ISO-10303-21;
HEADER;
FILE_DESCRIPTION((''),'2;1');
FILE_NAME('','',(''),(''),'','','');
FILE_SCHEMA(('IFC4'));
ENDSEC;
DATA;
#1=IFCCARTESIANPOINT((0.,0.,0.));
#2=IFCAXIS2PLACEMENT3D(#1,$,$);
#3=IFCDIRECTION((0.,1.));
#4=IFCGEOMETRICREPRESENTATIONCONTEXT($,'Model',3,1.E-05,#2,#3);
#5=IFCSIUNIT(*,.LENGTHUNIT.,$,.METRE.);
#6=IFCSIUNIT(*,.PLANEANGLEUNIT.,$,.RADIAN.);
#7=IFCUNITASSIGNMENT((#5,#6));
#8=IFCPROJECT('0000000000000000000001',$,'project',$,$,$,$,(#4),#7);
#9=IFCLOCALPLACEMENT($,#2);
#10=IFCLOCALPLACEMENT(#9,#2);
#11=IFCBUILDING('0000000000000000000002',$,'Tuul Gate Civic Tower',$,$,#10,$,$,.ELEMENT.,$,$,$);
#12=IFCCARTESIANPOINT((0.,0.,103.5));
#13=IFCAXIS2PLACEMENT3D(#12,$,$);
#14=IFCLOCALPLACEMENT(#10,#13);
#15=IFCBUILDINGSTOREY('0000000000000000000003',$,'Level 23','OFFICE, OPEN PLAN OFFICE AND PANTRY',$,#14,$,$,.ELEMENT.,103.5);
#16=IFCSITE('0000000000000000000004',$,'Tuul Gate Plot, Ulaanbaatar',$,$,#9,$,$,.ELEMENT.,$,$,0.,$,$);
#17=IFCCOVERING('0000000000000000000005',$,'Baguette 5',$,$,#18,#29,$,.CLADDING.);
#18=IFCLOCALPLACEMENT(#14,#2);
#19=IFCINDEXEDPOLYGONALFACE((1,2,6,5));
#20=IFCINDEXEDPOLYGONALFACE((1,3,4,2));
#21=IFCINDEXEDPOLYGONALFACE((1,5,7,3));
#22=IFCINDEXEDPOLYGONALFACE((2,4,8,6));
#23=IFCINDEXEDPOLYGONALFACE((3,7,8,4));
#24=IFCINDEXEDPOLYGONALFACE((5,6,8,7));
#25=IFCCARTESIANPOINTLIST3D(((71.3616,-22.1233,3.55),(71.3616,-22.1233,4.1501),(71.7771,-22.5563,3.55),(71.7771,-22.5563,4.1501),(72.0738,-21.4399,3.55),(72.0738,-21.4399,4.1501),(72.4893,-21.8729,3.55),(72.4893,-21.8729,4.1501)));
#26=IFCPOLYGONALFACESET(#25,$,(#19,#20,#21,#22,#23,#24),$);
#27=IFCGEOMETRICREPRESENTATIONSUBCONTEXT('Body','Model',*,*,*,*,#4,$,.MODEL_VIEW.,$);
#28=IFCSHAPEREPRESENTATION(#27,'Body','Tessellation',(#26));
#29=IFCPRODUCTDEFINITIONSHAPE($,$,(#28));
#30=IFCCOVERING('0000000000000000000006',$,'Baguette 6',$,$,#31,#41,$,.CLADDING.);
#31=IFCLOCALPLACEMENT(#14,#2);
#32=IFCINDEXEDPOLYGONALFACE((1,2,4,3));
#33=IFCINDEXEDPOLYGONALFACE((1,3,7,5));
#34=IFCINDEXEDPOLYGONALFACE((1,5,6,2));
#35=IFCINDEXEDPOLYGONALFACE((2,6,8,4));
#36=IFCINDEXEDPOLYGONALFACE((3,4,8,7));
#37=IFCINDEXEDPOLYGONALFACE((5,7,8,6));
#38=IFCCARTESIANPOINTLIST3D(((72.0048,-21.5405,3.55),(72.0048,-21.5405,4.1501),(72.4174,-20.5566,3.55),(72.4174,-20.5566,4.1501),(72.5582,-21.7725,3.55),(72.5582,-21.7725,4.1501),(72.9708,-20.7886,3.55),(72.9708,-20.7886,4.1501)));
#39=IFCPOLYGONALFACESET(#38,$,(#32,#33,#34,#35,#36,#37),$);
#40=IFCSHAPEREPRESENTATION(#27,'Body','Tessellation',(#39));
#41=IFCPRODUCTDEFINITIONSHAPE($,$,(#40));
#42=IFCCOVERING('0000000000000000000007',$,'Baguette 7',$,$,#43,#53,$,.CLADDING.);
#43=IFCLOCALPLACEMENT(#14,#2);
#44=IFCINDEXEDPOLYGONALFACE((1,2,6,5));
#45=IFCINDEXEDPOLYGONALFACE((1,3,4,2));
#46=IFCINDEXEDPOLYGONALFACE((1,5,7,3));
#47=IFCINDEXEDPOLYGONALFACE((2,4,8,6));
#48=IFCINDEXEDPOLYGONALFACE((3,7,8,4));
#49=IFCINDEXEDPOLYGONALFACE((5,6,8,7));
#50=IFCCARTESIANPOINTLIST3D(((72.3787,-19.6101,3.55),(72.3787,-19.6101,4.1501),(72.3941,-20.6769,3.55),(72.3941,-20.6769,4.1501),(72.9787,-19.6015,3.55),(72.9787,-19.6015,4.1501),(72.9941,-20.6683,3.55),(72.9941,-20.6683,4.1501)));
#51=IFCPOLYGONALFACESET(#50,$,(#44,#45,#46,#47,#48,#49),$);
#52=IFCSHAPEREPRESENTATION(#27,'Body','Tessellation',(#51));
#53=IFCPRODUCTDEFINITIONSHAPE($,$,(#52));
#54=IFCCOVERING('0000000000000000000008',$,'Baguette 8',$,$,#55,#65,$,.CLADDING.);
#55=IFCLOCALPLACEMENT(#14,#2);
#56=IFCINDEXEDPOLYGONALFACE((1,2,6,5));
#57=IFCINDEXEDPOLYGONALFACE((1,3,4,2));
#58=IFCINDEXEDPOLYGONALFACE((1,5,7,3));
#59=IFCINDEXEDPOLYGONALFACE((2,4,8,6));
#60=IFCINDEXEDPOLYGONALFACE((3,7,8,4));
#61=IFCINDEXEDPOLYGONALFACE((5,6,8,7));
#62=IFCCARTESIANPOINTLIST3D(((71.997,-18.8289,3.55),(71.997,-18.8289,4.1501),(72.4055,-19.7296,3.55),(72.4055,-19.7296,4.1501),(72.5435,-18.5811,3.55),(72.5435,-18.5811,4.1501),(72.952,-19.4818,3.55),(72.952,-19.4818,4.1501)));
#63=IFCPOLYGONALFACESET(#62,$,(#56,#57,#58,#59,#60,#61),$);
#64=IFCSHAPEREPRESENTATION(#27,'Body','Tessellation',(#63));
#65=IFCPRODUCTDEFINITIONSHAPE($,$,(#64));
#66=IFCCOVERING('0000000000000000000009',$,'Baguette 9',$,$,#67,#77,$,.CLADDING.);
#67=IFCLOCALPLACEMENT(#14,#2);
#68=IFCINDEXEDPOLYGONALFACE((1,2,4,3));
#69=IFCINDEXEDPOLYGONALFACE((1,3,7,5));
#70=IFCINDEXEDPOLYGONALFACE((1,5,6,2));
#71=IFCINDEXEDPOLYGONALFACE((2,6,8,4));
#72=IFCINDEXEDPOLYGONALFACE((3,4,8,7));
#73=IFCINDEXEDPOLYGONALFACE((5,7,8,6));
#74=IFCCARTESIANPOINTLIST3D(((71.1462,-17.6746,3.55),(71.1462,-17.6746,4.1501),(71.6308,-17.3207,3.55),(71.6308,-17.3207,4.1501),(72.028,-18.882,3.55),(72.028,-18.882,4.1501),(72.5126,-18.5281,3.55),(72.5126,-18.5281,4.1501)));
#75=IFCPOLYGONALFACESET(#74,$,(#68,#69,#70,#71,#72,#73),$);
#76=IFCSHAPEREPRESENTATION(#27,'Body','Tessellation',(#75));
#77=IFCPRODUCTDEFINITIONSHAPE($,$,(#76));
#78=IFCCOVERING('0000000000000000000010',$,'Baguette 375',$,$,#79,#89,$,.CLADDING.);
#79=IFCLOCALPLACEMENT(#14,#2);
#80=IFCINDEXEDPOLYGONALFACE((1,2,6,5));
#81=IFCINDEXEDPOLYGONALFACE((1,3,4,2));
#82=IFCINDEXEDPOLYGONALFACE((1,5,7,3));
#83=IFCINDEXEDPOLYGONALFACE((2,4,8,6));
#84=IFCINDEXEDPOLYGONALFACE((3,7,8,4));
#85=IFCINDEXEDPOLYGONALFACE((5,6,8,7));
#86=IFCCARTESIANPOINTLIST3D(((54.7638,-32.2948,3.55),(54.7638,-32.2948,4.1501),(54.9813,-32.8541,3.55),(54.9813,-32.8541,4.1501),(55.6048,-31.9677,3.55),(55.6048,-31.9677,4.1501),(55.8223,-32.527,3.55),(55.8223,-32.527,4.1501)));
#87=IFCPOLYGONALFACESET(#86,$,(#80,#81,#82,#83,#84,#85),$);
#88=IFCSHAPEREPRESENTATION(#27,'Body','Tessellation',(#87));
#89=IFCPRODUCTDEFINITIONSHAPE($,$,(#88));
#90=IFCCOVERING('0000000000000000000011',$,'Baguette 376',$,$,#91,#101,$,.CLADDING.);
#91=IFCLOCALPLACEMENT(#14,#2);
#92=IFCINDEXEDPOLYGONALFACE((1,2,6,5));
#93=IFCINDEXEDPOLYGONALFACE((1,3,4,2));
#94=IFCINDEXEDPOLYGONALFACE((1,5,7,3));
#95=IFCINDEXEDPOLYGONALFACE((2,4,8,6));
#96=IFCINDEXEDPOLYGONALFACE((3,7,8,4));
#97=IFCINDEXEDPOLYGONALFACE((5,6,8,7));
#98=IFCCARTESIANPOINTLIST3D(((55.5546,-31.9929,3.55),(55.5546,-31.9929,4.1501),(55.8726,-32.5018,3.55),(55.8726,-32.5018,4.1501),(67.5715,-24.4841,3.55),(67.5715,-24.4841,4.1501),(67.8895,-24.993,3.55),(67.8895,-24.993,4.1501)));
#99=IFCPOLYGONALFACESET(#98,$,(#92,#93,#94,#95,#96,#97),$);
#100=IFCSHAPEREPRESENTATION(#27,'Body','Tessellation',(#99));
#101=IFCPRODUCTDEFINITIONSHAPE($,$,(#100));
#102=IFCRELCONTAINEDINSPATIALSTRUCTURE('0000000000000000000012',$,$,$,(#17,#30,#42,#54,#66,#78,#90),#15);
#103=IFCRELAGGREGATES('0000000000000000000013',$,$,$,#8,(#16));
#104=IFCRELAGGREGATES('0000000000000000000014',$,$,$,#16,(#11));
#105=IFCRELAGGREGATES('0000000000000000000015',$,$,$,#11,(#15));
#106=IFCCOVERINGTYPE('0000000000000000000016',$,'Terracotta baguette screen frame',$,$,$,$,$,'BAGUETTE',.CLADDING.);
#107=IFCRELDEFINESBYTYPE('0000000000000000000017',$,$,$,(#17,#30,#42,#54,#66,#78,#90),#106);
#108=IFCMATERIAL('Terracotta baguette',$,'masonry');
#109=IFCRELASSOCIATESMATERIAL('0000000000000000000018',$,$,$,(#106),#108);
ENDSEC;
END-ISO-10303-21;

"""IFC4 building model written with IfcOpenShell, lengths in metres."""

from ifc_helpers import new_model, si_unit, direction, frame, origin, origin_2d, place, context, subcontext, project, spatial, rectangle, extrude, material, material_profile, profile_set, type_object, element, save


model = new_model("IFC4")

# Units and contexts
model_context = context("Model", 3, precision=1e-05, world=origin(), true_north=direction((0.0, 1.0)))
body_context = subcontext(model_context, "Body", "Model", "MODEL_VIEW")
ifc_project = project(units=[si_unit("LENGTHUNIT", "METRE"), si_unit("PLANEANGLEUNIT", "RADIAN")], contexts=[model_context])

# Site, building, storey
site_placement = place(None, origin())
site = spatial("IfcSite", under=ifc_project, at=site_placement, Name="Tuul Gate Plot, Ulaanbaatar", CompositionType="ELEMENT", RefElevation=0.0)
building_placement = place(site_placement, origin())
building = spatial("IfcBuilding", under=site, at=building_placement, Name="Tuul Gate Civic Tower", CompositionType="ELEMENT")
storey_placement = place(building_placement, frame((0.0, 0.0, 103.5)))
storey = spatial("IfcBuildingStorey", under=building, at=storey_placement, Name="Level 23", Description="OFFICE, OPEN PLAN OFFICE AND PANTRY", CompositionType="ELEMENT", Elevation=103.5)

# Coverings
ifc_material_1 = material(Name="Terracotta baguette", Category="masonry")
ifc_material_profile_1 = material_profile(ifc_material_1, rectangle(XDim=0.6001, YDim=0.6001, at=origin_2d()), Name="Terracotta baguette screen frame")
ifc_profile_set_1 = profile_set([ifc_material_profile_1], Name="Terracotta baguette")
covering_type = type_object("IfcCoveringType", Name="Terracotta baguette screen frame", ElementType="BAGUETTE", PredefinedType="CLADDING", material=ifc_profile_set_1)
covering_1_placement = place(storey_placement, frame((71.5693, -22.3398, 3.8501), z_axis=(0.72155, 0.692362, 0.0), x_axis=(-0.692362, 0.72155, 0.0)))
element("IfcCovering", 1, at=covering_1_placement, inside=storey, type_object=covering_type, Name="Baguette 5", PredefinedType="CLADDING", context=body_context, shape_type="SweptSolid", body=[
    extrude(rectangle(XDim=0.6001, YDim=0.6001, at=origin_2d()), origin(), (0.0, 0.0, 1.0), 0.9871),
])
for number, where, z_axis, x_axis, name in (
    (2, (72.2815, -21.6565, 3.8501), (0.386727, 0.922194, 0.0), (-0.922194, 0.386727, 0.0), "Baguette 6"),
    (3, (72.6941, -20.6726, 3.8501), (-0.014415, 0.999896, 0.0), (-0.999896, -0.014415, 0.0), "Baguette 7"),
):
    element("IfcCovering", number, at=place(storey_placement, frame(where, z_axis=z_axis, x_axis=x_axis)), inside=storey, type_object=covering_type, Name=name, PredefinedType="CLADDING", context=body_context, shape_type="SweptSolid", body=[
        extrude(rectangle(XDim=0.6001, YDim=0.6001, at=origin_2d()), origin(), (0.0, 0.0, 1.0), 1.0669),
    ])
covering_2_placement = place(storey_placement, frame((72.6787, -19.6057, 3.8501), z_axis=(-0.413022, 0.910721, 0.0), x_axis=(-0.910721, -0.413022, 0.0)))
element("IfcCovering", 4, at=covering_2_placement, inside=storey, type_object=covering_type, Name="Baguette 8", PredefinedType="CLADDING", context=body_context, shape_type="SweptSolid", body=[
    extrude(rectangle(XDim=0.6001, YDim=0.6001, at=origin_2d()), origin(), (0.0, 0.0, 1.0), 0.989),
])
covering_3_placement = place(storey_placement, frame((72.2703, -18.7051, 3.8501), z_axis=(-0.589763, 0.807577, 0.0), x_axis=(-0.807577, -0.589763, 0.0)))
element("IfcCovering", 5, at=covering_3_placement, inside=storey, type_object=covering_type, Name="Baguette 9", PredefinedType="CLADDING", context=body_context, shape_type="SweptSolid", body=[
    extrude(rectangle(XDim=0.6001, YDim=0.6001, at=origin_2d()), origin(), (0.0, 0.0, 1.0), 1.4951),
])
covering_4_placement = place(storey_placement, frame((54.8726, -32.5745, 3.8501), z_axis=(0.931979, 0.362512, 0.0), x_axis=(-0.362512, 0.931979, 0.0)))
element("IfcCovering", 6, at=covering_4_placement, inside=storey, type_object=covering_type, Name="Baguette 375", PredefinedType="CLADDING", context=body_context, shape_type="SweptSolid", body=[
    extrude(rectangle(XDim=0.6001, YDim=0.6001, at=origin_2d()), origin(), (0.0, 0.0, 1.0), 0.9023),
])
covering_5_placement = place(storey_placement, frame((55.7136, -32.2473, 3.8501), z_axis=(0.848053, 0.529911, 0.0), x_axis=(-0.529911, 0.848053, 0.0)))
element("IfcCovering", 7, at=covering_5_placement, inside=storey, type_object=covering_type, Name="Baguette 376", PredefinedType="CLADDING", context=body_context, shape_type="SweptSolid", body=[
    extrude(rectangle(XDim=0.6001, YDim=0.6001, at=origin_2d()), origin(), (0.0, 0.0, 1.0), 14.1699),
])

save(model, "model.ifc")
